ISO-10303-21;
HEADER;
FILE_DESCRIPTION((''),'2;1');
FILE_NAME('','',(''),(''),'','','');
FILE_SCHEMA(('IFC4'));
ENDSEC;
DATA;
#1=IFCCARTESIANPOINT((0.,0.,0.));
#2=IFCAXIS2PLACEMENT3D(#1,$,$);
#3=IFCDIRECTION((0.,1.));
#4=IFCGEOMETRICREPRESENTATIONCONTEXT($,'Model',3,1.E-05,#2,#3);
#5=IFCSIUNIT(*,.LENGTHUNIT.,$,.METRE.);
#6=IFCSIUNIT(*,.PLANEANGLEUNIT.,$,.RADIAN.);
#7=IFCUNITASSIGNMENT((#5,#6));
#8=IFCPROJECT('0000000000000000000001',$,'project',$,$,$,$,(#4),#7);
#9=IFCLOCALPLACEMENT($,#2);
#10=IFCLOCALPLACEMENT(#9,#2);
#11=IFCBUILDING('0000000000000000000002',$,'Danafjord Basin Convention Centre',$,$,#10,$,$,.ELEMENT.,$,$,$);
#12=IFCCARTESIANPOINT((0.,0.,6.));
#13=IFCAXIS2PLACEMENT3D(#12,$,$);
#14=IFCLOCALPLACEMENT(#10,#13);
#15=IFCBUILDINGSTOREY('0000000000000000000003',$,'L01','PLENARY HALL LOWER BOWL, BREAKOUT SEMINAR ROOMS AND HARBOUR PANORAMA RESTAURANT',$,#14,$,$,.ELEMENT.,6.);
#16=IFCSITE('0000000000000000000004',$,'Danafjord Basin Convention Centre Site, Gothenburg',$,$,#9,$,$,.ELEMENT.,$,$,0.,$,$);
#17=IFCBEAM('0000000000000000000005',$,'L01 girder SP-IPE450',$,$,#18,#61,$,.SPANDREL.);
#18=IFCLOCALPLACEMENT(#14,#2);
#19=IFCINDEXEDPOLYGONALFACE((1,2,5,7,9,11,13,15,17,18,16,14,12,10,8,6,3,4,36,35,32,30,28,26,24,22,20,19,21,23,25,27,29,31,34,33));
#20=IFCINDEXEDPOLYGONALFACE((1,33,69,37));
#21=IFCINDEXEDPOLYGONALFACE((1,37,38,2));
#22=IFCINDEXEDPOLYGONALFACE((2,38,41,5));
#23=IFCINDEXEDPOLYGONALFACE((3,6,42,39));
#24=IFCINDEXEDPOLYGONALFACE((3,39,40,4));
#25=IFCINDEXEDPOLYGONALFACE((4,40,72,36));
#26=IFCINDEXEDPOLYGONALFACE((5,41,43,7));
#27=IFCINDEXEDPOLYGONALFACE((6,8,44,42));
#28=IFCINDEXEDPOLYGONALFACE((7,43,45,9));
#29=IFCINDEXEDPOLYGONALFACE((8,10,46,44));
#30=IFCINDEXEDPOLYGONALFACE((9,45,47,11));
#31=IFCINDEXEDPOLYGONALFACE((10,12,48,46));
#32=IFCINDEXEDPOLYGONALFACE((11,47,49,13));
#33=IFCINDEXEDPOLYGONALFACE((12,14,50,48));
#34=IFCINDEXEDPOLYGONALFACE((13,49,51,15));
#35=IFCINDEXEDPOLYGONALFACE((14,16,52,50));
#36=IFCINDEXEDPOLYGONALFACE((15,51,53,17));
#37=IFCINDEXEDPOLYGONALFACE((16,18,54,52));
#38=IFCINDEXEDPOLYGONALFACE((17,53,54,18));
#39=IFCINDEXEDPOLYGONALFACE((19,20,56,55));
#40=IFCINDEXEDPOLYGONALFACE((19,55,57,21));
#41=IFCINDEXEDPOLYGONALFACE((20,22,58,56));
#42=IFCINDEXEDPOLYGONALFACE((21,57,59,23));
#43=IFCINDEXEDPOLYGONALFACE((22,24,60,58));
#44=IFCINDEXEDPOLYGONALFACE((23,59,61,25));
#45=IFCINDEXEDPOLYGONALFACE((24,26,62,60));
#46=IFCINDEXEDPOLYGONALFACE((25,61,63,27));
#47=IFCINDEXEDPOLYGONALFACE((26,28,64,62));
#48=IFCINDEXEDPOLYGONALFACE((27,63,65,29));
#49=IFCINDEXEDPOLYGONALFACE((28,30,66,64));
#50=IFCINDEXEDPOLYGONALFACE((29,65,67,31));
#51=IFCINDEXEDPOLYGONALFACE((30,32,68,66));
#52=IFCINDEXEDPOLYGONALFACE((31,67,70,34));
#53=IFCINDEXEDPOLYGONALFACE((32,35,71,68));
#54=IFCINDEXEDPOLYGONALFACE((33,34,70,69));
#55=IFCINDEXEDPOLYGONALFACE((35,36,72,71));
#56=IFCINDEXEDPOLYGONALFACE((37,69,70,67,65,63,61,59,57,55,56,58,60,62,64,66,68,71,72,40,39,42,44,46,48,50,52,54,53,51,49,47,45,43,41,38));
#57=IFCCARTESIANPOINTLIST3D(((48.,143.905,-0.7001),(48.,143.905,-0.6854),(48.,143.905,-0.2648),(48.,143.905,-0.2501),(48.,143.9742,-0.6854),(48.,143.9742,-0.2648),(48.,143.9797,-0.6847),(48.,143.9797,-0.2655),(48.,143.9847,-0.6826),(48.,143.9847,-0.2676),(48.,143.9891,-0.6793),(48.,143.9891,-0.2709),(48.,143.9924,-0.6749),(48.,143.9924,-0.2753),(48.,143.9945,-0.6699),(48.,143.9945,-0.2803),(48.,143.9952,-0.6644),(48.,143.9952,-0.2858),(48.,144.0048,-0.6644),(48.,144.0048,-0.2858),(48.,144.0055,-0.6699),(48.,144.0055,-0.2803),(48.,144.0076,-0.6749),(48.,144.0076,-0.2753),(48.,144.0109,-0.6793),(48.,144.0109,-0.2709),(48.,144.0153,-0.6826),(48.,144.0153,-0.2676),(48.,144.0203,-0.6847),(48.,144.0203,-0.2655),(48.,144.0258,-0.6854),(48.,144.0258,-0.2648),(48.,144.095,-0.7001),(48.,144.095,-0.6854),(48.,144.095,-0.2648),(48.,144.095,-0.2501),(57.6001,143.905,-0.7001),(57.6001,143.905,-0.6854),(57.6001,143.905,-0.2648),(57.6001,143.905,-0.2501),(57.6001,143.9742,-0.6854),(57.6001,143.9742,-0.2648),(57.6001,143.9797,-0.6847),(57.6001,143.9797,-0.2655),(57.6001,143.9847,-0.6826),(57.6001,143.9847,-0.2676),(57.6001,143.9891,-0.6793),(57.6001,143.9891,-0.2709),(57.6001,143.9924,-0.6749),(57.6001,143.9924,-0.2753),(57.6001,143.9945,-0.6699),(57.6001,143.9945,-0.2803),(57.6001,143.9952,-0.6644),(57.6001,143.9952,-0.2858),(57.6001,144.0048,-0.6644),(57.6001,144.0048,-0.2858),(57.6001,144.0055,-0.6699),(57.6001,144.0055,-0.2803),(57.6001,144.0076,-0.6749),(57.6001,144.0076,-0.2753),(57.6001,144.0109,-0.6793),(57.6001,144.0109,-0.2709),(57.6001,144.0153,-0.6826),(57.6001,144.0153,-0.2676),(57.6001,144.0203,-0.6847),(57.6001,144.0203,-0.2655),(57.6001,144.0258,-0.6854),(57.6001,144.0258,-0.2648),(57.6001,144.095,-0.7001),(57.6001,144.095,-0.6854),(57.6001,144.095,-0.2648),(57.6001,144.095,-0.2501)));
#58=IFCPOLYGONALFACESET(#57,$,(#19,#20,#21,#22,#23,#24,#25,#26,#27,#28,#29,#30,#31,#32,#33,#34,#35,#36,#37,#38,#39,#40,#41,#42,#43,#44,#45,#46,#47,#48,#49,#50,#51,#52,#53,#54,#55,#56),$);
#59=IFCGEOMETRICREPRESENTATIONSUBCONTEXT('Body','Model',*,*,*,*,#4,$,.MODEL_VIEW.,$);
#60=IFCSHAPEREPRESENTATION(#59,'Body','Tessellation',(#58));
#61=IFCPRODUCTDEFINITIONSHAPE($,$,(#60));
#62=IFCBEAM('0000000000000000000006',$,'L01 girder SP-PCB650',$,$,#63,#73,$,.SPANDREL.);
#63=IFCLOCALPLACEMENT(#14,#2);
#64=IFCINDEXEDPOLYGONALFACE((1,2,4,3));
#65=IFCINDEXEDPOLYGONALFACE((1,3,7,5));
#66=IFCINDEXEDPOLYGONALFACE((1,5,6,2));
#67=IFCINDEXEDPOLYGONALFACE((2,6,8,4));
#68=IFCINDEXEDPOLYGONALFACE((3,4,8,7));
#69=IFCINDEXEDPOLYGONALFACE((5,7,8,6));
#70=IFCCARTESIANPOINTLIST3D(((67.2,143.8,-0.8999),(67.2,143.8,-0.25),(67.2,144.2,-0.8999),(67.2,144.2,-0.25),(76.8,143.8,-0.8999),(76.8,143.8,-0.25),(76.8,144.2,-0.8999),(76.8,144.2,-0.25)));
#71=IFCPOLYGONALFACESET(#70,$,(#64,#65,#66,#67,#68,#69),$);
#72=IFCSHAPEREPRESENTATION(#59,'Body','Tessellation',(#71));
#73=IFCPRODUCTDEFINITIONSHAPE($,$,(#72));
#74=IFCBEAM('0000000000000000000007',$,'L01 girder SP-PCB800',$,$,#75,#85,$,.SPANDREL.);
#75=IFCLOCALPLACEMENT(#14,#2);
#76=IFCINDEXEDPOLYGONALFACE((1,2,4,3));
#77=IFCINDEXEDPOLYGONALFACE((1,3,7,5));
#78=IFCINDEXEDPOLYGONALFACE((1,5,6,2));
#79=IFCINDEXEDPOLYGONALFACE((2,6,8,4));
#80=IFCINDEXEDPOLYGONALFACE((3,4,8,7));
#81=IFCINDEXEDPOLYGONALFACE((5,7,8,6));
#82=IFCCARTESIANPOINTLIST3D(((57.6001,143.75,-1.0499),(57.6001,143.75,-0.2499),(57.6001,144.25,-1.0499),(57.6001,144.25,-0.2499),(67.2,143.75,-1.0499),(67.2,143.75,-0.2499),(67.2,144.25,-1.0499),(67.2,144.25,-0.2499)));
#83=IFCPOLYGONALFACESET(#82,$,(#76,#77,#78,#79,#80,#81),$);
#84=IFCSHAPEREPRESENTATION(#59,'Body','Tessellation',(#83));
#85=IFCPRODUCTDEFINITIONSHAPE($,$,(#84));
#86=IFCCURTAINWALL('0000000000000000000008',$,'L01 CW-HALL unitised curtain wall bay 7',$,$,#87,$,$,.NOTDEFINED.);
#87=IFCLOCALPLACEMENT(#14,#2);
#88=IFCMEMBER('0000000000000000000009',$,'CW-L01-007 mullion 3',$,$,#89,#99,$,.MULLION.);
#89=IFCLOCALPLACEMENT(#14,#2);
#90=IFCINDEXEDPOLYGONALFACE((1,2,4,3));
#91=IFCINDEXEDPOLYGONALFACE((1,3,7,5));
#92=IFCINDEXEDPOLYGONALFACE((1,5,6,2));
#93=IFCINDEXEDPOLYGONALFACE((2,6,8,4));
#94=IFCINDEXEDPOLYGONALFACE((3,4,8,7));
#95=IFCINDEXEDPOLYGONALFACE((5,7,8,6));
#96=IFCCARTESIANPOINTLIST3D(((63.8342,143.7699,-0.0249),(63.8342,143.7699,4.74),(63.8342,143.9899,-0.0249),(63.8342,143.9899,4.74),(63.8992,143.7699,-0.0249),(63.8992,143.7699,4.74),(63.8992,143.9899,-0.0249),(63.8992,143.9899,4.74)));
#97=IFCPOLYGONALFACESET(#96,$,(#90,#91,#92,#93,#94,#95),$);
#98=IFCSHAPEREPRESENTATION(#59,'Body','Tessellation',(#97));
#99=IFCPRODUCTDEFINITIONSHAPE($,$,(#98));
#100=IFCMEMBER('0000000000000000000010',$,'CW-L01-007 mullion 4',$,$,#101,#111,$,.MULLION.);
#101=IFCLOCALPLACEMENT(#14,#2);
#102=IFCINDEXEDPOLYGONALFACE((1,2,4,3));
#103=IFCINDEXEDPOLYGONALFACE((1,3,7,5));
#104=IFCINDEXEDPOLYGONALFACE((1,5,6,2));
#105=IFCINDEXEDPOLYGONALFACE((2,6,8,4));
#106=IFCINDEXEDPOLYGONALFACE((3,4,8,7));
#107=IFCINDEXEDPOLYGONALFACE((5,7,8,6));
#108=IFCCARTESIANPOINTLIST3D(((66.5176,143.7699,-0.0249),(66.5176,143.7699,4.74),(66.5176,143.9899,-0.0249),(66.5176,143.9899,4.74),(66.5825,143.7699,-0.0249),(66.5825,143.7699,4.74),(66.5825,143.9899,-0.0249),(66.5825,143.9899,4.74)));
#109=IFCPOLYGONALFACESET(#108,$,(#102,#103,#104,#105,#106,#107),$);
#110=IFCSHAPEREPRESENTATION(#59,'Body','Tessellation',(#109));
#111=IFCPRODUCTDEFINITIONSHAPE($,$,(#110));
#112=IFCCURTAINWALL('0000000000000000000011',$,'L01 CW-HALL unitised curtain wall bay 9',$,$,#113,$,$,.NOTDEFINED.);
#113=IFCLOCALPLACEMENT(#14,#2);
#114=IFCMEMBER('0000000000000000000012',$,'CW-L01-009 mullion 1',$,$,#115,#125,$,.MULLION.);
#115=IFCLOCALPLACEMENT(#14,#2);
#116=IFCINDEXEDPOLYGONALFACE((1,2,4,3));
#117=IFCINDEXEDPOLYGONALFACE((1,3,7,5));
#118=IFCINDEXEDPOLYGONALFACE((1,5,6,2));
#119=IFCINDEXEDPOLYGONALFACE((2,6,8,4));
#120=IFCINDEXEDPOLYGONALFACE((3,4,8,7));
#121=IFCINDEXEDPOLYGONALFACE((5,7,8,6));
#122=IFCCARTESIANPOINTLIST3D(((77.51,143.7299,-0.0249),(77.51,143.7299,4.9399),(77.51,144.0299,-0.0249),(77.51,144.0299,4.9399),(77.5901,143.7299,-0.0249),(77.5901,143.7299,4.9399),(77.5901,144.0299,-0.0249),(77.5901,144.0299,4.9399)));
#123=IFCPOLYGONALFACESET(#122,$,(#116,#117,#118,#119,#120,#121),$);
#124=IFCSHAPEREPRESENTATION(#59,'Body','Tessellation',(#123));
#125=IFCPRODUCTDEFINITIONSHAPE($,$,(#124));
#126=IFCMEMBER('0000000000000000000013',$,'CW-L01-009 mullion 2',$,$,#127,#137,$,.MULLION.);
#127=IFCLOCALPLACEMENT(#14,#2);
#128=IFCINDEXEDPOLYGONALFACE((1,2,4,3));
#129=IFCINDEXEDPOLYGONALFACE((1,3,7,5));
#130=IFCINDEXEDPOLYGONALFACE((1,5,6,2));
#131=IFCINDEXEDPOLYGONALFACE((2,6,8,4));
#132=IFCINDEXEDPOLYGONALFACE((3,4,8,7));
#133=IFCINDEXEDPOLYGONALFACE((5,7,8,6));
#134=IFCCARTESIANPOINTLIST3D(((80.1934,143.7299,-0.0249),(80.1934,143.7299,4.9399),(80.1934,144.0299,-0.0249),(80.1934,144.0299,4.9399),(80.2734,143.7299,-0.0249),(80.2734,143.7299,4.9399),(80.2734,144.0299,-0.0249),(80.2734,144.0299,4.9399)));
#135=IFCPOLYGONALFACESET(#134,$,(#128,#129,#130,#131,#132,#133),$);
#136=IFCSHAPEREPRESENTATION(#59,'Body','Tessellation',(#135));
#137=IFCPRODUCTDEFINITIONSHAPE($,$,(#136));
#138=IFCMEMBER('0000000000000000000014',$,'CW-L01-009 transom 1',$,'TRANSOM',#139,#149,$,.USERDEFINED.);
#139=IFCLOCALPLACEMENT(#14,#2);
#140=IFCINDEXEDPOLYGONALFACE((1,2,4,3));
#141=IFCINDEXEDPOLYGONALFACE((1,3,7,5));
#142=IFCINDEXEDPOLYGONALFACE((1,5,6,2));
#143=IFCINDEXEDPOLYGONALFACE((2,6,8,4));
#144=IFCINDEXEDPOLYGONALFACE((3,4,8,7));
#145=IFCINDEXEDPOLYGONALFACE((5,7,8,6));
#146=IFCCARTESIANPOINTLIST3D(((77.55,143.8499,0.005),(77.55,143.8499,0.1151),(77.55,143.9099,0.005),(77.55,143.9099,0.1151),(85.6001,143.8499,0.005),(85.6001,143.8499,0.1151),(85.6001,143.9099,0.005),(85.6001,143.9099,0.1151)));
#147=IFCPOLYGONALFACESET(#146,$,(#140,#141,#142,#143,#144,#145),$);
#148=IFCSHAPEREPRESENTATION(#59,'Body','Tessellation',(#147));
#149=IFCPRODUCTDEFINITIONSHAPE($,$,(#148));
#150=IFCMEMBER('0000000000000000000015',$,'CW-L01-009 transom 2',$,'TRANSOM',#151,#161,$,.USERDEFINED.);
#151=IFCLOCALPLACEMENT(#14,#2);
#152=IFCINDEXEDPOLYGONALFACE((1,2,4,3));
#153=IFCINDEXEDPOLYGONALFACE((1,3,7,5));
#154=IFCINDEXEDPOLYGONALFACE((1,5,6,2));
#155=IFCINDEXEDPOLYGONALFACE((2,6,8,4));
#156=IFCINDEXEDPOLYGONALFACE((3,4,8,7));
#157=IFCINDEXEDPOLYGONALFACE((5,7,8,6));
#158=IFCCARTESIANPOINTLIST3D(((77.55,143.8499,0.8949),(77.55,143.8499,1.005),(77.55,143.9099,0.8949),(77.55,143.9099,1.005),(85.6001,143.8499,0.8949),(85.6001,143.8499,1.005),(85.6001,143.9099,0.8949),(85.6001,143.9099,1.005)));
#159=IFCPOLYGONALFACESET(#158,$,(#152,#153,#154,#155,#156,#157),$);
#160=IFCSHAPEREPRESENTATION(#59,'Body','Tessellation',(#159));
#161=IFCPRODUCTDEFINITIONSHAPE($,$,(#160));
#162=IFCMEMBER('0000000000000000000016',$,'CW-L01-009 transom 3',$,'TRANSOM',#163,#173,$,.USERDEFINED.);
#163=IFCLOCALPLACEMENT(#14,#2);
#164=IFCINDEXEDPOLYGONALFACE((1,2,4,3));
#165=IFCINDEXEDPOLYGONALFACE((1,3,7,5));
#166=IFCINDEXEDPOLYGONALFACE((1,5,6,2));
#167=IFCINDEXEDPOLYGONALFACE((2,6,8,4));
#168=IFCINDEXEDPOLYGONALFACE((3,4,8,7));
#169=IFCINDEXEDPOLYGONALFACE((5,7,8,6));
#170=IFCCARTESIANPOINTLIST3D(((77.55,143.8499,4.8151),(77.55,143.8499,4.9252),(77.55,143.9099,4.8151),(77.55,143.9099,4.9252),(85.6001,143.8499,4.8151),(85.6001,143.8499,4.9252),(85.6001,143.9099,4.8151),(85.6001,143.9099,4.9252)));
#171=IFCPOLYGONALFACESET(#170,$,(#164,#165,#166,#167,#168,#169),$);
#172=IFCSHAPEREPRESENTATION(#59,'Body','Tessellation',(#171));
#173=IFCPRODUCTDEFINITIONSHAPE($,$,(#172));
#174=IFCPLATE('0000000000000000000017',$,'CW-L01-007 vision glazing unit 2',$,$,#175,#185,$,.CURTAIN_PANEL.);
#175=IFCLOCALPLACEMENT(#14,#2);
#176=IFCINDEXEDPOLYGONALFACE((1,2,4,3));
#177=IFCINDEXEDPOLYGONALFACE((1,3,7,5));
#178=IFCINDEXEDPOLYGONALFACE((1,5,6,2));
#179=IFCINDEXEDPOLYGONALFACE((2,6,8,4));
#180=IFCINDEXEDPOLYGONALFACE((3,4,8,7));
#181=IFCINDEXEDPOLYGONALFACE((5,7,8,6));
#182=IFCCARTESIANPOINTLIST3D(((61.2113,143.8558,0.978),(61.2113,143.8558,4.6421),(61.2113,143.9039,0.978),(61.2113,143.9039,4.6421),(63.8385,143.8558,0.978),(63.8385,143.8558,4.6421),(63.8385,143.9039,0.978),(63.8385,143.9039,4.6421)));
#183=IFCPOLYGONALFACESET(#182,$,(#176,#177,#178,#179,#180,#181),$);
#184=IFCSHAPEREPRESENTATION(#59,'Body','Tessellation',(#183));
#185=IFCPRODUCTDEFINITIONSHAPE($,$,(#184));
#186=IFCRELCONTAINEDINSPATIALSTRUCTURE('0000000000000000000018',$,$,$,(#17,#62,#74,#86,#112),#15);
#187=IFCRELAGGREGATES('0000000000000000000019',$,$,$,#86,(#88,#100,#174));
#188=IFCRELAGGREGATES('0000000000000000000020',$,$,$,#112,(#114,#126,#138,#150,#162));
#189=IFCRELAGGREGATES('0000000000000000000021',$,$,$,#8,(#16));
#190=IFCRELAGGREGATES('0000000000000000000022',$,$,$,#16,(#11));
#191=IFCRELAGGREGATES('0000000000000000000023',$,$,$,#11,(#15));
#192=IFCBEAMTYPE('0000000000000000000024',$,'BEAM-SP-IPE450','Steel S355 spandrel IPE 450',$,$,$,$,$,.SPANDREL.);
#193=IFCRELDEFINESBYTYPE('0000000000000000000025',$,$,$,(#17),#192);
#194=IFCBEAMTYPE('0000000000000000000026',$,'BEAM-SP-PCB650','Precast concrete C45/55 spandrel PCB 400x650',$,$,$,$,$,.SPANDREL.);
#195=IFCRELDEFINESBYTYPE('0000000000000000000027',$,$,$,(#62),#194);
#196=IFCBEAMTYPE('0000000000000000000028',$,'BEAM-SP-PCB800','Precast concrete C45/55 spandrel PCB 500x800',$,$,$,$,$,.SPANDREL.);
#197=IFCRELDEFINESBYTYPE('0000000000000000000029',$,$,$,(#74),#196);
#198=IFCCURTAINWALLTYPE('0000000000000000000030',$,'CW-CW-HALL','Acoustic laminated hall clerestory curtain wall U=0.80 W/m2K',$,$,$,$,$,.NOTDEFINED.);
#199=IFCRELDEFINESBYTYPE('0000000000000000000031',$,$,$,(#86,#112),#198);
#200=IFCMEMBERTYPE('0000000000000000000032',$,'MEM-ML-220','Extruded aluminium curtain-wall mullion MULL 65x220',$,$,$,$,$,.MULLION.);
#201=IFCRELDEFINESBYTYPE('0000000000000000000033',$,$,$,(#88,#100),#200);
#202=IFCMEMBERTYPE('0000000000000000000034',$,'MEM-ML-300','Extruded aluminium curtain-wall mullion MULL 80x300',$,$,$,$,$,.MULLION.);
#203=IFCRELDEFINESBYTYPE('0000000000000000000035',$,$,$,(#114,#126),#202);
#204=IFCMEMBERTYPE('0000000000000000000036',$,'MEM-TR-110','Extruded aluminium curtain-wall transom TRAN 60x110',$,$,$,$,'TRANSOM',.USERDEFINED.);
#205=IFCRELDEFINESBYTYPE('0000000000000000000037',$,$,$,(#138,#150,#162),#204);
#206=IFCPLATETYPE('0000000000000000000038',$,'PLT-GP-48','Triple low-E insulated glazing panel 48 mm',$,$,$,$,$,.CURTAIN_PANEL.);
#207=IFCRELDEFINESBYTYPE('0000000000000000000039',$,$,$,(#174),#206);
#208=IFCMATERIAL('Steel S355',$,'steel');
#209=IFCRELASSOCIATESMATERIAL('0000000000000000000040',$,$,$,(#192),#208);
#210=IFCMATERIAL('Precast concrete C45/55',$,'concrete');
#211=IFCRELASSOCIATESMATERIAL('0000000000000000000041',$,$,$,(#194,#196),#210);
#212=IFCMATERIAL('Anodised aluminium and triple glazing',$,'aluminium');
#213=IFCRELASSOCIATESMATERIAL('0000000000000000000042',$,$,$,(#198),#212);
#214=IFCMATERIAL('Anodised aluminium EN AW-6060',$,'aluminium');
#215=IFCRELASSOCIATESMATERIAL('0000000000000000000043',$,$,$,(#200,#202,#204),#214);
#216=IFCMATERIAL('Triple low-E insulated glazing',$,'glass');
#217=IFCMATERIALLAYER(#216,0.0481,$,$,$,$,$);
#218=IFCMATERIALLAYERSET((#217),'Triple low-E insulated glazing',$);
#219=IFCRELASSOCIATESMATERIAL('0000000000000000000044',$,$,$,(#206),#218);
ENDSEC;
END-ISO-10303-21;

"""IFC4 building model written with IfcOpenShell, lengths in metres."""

from ifc_helpers import new_model, si_unit, direction, frame, origin, origin_2d, place, context, subcontext, project, spatial, rectangle, i_section, extrude, material, layer, layer_set, material_profile, profile_set, type_object, element, aggregate, save


model = new_model("IFC4")

# Units and contexts
model_context = context("Model", 3, precision=1e-05, world=origin(), true_north=direction((0.0, 1.0)))
body_context = subcontext(model_context, "Body", "Model", "MODEL_VIEW")
ifc_project = project(units=[si_unit("LENGTHUNIT", "METRE"), si_unit("PLANEANGLEUNIT", "RADIAN")], contexts=[model_context])

# Site, building, storey
site_placement = place(None, origin())
site = spatial("IfcSite", under=ifc_project, at=site_placement, Name="Danafjord Basin Convention Centre Site, Gothenburg", CompositionType="ELEMENT", RefElevation=0.0)
building_placement = place(site_placement, origin())
building = spatial("IfcBuilding", under=site, at=building_placement, Name="Danafjord Basin Convention Centre", CompositionType="ELEMENT")
storey_placement = place(building_placement, frame((0.0, 0.0, 6.0)))
storey = spatial("IfcBuildingStorey", under=building, at=storey_placement, Name="L01", Description="PLENARY HALL LOWER BOWL, BREAKOUT SEMINAR ROOMS AND HARBOUR PANORAMA RESTAURANT", CompositionType="ELEMENT", Elevation=6.0)

# Beams
ifc_material_1 = material(Name="Steel S355", Category="steel")
ifc_material_profile_1 = material_profile(ifc_material_1, i_section(OverallWidth=0.1899, OverallDepth=0.45, WebThickness=0.0095, FlangeThickness=0.0146, FilletRadius=0.021, at=origin_2d()), Name="IPE 450")
ifc_profile_set_1 = profile_set([ifc_material_profile_1], Name="Steel S355")
beam_type_1 = type_object("IfcBeamType", Name="BEAM-SP-IPE450", Description="Steel S355 spandrel IPE 450", PredefinedType="SPANDREL", material=ifc_profile_set_1)
beam_1_placement = place(storey_placement, frame((48.0, 144.0, -0.4751), z_axis=(1.0, 0.0, 0.0), x_axis=(0.0, 1.0, 0.0)))
element("IfcBeam", 1, at=beam_1_placement, inside=storey, type_object=beam_type_1, Name="L01 girder SP-IPE450", PredefinedType="SPANDREL", context=body_context, shape_type="SweptSolid", body=[
    extrude(i_section(OverallWidth=0.1899, OverallDepth=0.45, WebThickness=0.0095, FlangeThickness=0.0146, FilletRadius=0.021, at=origin_2d()), origin(), (0.0, 0.0, 1.0), 9.6001),
])
ifc_material_2 = material(Name="Precast concrete C45/55", Category="concrete")
ifc_material_profile_2 = material_profile(ifc_material_2, rectangle(XDim=0.3999, YDim=0.6499, at=origin_2d()), Name="PCB 400x650")
ifc_profile_set_2 = profile_set([ifc_material_profile_2], Name="Precast concrete C45/55")
beam_type_2 = type_object("IfcBeamType", Name="BEAM-SP-PCB650", Description="Precast concrete C45/55 spandrel PCB 400x650", PredefinedType="SPANDREL", material=ifc_profile_set_2)
beam_2_placement = place(storey_placement, frame((67.2, 144.0, -0.575), z_axis=(1.0, 0.0, 0.0), x_axis=(0.0, 1.0, 0.0)))
element("IfcBeam", 2, at=beam_2_placement, inside=storey, type_object=beam_type_2, Name="L01 girder SP-PCB650", PredefinedType="SPANDREL", context=body_context, shape_type="SweptSolid", body=[
    extrude(rectangle(XDim=0.3999, YDim=0.6499, at=origin_2d()), origin(), (0.0, 0.0, 1.0), 9.6001),
])
ifc_material_profile_3 = material_profile(ifc_material_2, rectangle(XDim=0.5, YDim=0.8, at=origin_2d()), Name="PCB 500x800")
ifc_profile_set_3 = profile_set([ifc_material_profile_3], Name="Precast concrete C45/55")
beam_type_3 = type_object("IfcBeamType", Name="BEAM-SP-PCB800", Description="Precast concrete C45/55 spandrel PCB 500x800", PredefinedType="SPANDREL", material=ifc_profile_set_3)
beam_3_placement = place(storey_placement, frame((57.6001, 144.0, -0.6499), z_axis=(1.0, 0.0, 0.0), x_axis=(0.0, 1.0, 0.0)))
element("IfcBeam", 3, at=beam_3_placement, inside=storey, type_object=beam_type_3, Name="L01 girder SP-PCB800", PredefinedType="SPANDREL", context=body_context, shape_type="SweptSolid", body=[
    extrude(rectangle(XDim=0.5, YDim=0.8, at=origin_2d()), origin(), (0.0, 0.0, 1.0), 9.5999),
])

# Curtain walls, members
ifc_material_3 = material(Name="Anodised aluminium and triple glazing", Category="aluminium")
curtain_wall_type = type_object("IfcCurtainWallType", Name="CW-CW-HALL", Description="Acoustic laminated hall clerestory curtain wall U=0.80 W/m2K", PredefinedType="NOTDEFINED", material=ifc_material_3)
curtain_wall_1_placement = place(storey_placement, origin())
curtain_wall_1 = element("IfcCurtainWall", 4, at=curtain_wall_1_placement, inside=storey, type_object=curtain_wall_type, Name="L01 CW-HALL unitised curtain wall bay 7", PredefinedType="NOTDEFINED")
ifc_material_4 = material(Name="Anodised aluminium EN AW-6060", Category="aluminium")
ifc_material_profile_4 = material_profile(ifc_material_4, rectangle(XDim=0.0649, YDim=0.22, at=origin_2d()), Name="MULL 65x220")
ifc_profile_set_4 = profile_set([ifc_material_profile_4], Name="Anodised aluminium EN AW-6060")
member_type_1 = type_object("IfcMemberType", Name="MEM-ML-220", Description="Extruded aluminium curtain-wall mullion MULL 65x220", PredefinedType="MULLION", material=ifc_profile_set_4)
member_1_placement = place(storey_placement, frame((63.8667, 143.8799, -0.0249), z_axis=(0.0, 0.0, 1.0), x_axis=(1.0, 0.0, 0.0)))
member_1 = element("IfcMember", 5, at=member_1_placement, type_object=member_type_1, Name="CW-L01-007 mullion 3", PredefinedType="MULLION", context=body_context, shape_type="SweptSolid", body=[
    extrude(rectangle(XDim=0.0649, YDim=0.22, at=origin_2d()), origin(), (0.0, 0.0, 1.0), 4.7649),
])
member_2_placement = place(storey_placement, frame((66.55, 143.8799, -0.0249), z_axis=(0.0, 0.0, 1.0), x_axis=(1.0, 0.0, 0.0)))
member_2 = element("IfcMember", 6, at=member_2_placement, type_object=member_type_1, Name="CW-L01-007 mullion 4", PredefinedType="MULLION", context=body_context, shape_type="SweptSolid", body=[
    extrude(rectangle(XDim=0.0649, YDim=0.22, at=origin_2d()), origin(), (0.0, 0.0, 1.0), 4.7649),
])
curtain_wall_2_placement = place(storey_placement, origin())
curtain_wall_2 = element("IfcCurtainWall", 7, at=curtain_wall_2_placement, inside=storey, type_object=curtain_wall_type, Name="L01 CW-HALL unitised curtain wall bay 9", PredefinedType="NOTDEFINED")
ifc_material_profile_5 = material_profile(ifc_material_4, rectangle(XDim=0.0801, YDim=0.3, at=origin_2d()), Name="MULL 80x300")
ifc_profile_set_5 = profile_set([ifc_material_profile_5], Name="Anodised aluminium EN AW-6060")
member_type_2 = type_object("IfcMemberType", Name="MEM-ML-300", Description="Extruded aluminium curtain-wall mullion MULL 80x300", PredefinedType="MULLION", material=ifc_profile_set_5)
member_3_placement = place(storey_placement, frame((77.55, 143.8799, -0.0249), z_axis=(0.0, 0.0, 1.0), x_axis=(1.0, 0.0, 0.0)))
member_3 = element("IfcMember", 8, at=member_3_placement, type_object=member_type_2, Name="CW-L01-009 mullion 1", PredefinedType="MULLION", context=body_context, shape_type="SweptSolid", body=[
    extrude(rectangle(XDim=0.0801, YDim=0.3, at=origin_2d()), origin(), (0.0, 0.0, 1.0), 4.9648),
])
member_4_placement = place(storey_placement, frame((80.2334, 143.8799, -0.0249), z_axis=(0.0, 0.0, 1.0), x_axis=(1.0, 0.0, 0.0)))
member_4 = element("IfcMember", 9, at=member_4_placement, type_object=member_type_2, Name="CW-L01-009 mullion 2", PredefinedType="MULLION", context=body_context, shape_type="SweptSolid", body=[
    extrude(rectangle(XDim=0.0801, YDim=0.3, at=origin_2d()), origin(), (0.0, 0.0, 1.0), 4.9648),
])
ifc_material_profile_6 = material_profile(ifc_material_4, rectangle(XDim=0.0601, YDim=0.1101, at=origin_2d()), Name="TRAN 60x110")
ifc_profile_set_6 = profile_set([ifc_material_profile_6], Name="Anodised aluminium EN AW-6060")
member_type_3 = type_object("IfcMemberType", Name="MEM-TR-110", Description="Extruded aluminium curtain-wall transom TRAN 60x110", ElementType="TRANSOM", PredefinedType="USERDEFINED", material=ifc_profile_set_6)
member_5_placement = place(storey_placement, frame((77.55, 143.8799, 0.0601), z_axis=(1.0, 0.0, 0.0), x_axis=(0.0, 1.0, 0.0)))
member_5 = element("IfcMember", 10, at=member_5_placement, type_object=member_type_3, Name="CW-L01-009 transom 1", ObjectType="TRANSOM", PredefinedType="USERDEFINED", context=body_context, shape_type="SweptSolid", body=[
    extrude(rectangle(XDim=0.0601, YDim=0.1101, at=origin_2d()), origin(), (0.0, 0.0, 1.0), 8.05),
])
member_6_placement = place(storey_placement, frame((77.55, 143.8799, 0.95), z_axis=(1.0, 0.0, 0.0), x_axis=(0.0, 1.0, 0.0)))
member_6 = element("IfcMember", 11, at=member_6_placement, type_object=member_type_3, Name="CW-L01-009 transom 2", ObjectType="TRANSOM", PredefinedType="USERDEFINED", context=body_context, shape_type="SweptSolid", body=[
    extrude(rectangle(XDim=0.0601, YDim=0.1101, at=origin_2d()), origin(), (0.0, 0.0, 1.0), 8.05),
])
member_7_placement = place(storey_placement, frame((77.55, 143.8799, 4.8701), z_axis=(1.0, 0.0, 0.0), x_axis=(0.0, 1.0, 0.0)))
member_7 = element("IfcMember", 12, at=member_7_placement, type_object=member_type_3, Name="CW-L01-009 transom 3", ObjectType="TRANSOM", PredefinedType="USERDEFINED", context=body_context, shape_type="SweptSolid", body=[
    extrude(rectangle(XDim=0.0601, YDim=0.1101, at=origin_2d()), origin(), (0.0, 0.0, 1.0), 8.05),
])

# Plate
ifc_material_5 = material(Name="Triple low-E insulated glazing", Category="glass")
ifc_layer_1 = layer(ifc_material_5, 0.0481)
ifc_layer_set_1 = layer_set([ifc_layer_1], Name="Triple low-E insulated glazing")
plate_type_1 = type_object("IfcPlateType", Name="PLT-GP-48", Description="Triple low-E insulated glazing panel 48 mm", PredefinedType="CURTAIN_PANEL", material=ifc_layer_set_1)
plate_1_placement = place(storey_placement, frame((62.5249, 143.8799, 0.978), z_axis=(0.0, 0.0, 1.0), x_axis=(1.0, 0.0, 0.0)))
plate_1 = element("IfcPlate", 13, at=plate_1_placement, type_object=plate_type_1, Name="CW-L01-007 vision glazing unit 2", PredefinedType="CURTAIN_PANEL", context=body_context, shape_type="SweptSolid", body=[
    extrude(rectangle(XDim=2.6272, YDim=0.0481, at=origin_2d()), origin(), (0.0, 0.0, 1.0), 3.6641),
])
aggregate(curtain_wall_1, [member_1, member_2, plate_1])
aggregate(curtain_wall_2, [member_3, member_4, member_5, member_6, member_7])

save(model, "model.ifc")
